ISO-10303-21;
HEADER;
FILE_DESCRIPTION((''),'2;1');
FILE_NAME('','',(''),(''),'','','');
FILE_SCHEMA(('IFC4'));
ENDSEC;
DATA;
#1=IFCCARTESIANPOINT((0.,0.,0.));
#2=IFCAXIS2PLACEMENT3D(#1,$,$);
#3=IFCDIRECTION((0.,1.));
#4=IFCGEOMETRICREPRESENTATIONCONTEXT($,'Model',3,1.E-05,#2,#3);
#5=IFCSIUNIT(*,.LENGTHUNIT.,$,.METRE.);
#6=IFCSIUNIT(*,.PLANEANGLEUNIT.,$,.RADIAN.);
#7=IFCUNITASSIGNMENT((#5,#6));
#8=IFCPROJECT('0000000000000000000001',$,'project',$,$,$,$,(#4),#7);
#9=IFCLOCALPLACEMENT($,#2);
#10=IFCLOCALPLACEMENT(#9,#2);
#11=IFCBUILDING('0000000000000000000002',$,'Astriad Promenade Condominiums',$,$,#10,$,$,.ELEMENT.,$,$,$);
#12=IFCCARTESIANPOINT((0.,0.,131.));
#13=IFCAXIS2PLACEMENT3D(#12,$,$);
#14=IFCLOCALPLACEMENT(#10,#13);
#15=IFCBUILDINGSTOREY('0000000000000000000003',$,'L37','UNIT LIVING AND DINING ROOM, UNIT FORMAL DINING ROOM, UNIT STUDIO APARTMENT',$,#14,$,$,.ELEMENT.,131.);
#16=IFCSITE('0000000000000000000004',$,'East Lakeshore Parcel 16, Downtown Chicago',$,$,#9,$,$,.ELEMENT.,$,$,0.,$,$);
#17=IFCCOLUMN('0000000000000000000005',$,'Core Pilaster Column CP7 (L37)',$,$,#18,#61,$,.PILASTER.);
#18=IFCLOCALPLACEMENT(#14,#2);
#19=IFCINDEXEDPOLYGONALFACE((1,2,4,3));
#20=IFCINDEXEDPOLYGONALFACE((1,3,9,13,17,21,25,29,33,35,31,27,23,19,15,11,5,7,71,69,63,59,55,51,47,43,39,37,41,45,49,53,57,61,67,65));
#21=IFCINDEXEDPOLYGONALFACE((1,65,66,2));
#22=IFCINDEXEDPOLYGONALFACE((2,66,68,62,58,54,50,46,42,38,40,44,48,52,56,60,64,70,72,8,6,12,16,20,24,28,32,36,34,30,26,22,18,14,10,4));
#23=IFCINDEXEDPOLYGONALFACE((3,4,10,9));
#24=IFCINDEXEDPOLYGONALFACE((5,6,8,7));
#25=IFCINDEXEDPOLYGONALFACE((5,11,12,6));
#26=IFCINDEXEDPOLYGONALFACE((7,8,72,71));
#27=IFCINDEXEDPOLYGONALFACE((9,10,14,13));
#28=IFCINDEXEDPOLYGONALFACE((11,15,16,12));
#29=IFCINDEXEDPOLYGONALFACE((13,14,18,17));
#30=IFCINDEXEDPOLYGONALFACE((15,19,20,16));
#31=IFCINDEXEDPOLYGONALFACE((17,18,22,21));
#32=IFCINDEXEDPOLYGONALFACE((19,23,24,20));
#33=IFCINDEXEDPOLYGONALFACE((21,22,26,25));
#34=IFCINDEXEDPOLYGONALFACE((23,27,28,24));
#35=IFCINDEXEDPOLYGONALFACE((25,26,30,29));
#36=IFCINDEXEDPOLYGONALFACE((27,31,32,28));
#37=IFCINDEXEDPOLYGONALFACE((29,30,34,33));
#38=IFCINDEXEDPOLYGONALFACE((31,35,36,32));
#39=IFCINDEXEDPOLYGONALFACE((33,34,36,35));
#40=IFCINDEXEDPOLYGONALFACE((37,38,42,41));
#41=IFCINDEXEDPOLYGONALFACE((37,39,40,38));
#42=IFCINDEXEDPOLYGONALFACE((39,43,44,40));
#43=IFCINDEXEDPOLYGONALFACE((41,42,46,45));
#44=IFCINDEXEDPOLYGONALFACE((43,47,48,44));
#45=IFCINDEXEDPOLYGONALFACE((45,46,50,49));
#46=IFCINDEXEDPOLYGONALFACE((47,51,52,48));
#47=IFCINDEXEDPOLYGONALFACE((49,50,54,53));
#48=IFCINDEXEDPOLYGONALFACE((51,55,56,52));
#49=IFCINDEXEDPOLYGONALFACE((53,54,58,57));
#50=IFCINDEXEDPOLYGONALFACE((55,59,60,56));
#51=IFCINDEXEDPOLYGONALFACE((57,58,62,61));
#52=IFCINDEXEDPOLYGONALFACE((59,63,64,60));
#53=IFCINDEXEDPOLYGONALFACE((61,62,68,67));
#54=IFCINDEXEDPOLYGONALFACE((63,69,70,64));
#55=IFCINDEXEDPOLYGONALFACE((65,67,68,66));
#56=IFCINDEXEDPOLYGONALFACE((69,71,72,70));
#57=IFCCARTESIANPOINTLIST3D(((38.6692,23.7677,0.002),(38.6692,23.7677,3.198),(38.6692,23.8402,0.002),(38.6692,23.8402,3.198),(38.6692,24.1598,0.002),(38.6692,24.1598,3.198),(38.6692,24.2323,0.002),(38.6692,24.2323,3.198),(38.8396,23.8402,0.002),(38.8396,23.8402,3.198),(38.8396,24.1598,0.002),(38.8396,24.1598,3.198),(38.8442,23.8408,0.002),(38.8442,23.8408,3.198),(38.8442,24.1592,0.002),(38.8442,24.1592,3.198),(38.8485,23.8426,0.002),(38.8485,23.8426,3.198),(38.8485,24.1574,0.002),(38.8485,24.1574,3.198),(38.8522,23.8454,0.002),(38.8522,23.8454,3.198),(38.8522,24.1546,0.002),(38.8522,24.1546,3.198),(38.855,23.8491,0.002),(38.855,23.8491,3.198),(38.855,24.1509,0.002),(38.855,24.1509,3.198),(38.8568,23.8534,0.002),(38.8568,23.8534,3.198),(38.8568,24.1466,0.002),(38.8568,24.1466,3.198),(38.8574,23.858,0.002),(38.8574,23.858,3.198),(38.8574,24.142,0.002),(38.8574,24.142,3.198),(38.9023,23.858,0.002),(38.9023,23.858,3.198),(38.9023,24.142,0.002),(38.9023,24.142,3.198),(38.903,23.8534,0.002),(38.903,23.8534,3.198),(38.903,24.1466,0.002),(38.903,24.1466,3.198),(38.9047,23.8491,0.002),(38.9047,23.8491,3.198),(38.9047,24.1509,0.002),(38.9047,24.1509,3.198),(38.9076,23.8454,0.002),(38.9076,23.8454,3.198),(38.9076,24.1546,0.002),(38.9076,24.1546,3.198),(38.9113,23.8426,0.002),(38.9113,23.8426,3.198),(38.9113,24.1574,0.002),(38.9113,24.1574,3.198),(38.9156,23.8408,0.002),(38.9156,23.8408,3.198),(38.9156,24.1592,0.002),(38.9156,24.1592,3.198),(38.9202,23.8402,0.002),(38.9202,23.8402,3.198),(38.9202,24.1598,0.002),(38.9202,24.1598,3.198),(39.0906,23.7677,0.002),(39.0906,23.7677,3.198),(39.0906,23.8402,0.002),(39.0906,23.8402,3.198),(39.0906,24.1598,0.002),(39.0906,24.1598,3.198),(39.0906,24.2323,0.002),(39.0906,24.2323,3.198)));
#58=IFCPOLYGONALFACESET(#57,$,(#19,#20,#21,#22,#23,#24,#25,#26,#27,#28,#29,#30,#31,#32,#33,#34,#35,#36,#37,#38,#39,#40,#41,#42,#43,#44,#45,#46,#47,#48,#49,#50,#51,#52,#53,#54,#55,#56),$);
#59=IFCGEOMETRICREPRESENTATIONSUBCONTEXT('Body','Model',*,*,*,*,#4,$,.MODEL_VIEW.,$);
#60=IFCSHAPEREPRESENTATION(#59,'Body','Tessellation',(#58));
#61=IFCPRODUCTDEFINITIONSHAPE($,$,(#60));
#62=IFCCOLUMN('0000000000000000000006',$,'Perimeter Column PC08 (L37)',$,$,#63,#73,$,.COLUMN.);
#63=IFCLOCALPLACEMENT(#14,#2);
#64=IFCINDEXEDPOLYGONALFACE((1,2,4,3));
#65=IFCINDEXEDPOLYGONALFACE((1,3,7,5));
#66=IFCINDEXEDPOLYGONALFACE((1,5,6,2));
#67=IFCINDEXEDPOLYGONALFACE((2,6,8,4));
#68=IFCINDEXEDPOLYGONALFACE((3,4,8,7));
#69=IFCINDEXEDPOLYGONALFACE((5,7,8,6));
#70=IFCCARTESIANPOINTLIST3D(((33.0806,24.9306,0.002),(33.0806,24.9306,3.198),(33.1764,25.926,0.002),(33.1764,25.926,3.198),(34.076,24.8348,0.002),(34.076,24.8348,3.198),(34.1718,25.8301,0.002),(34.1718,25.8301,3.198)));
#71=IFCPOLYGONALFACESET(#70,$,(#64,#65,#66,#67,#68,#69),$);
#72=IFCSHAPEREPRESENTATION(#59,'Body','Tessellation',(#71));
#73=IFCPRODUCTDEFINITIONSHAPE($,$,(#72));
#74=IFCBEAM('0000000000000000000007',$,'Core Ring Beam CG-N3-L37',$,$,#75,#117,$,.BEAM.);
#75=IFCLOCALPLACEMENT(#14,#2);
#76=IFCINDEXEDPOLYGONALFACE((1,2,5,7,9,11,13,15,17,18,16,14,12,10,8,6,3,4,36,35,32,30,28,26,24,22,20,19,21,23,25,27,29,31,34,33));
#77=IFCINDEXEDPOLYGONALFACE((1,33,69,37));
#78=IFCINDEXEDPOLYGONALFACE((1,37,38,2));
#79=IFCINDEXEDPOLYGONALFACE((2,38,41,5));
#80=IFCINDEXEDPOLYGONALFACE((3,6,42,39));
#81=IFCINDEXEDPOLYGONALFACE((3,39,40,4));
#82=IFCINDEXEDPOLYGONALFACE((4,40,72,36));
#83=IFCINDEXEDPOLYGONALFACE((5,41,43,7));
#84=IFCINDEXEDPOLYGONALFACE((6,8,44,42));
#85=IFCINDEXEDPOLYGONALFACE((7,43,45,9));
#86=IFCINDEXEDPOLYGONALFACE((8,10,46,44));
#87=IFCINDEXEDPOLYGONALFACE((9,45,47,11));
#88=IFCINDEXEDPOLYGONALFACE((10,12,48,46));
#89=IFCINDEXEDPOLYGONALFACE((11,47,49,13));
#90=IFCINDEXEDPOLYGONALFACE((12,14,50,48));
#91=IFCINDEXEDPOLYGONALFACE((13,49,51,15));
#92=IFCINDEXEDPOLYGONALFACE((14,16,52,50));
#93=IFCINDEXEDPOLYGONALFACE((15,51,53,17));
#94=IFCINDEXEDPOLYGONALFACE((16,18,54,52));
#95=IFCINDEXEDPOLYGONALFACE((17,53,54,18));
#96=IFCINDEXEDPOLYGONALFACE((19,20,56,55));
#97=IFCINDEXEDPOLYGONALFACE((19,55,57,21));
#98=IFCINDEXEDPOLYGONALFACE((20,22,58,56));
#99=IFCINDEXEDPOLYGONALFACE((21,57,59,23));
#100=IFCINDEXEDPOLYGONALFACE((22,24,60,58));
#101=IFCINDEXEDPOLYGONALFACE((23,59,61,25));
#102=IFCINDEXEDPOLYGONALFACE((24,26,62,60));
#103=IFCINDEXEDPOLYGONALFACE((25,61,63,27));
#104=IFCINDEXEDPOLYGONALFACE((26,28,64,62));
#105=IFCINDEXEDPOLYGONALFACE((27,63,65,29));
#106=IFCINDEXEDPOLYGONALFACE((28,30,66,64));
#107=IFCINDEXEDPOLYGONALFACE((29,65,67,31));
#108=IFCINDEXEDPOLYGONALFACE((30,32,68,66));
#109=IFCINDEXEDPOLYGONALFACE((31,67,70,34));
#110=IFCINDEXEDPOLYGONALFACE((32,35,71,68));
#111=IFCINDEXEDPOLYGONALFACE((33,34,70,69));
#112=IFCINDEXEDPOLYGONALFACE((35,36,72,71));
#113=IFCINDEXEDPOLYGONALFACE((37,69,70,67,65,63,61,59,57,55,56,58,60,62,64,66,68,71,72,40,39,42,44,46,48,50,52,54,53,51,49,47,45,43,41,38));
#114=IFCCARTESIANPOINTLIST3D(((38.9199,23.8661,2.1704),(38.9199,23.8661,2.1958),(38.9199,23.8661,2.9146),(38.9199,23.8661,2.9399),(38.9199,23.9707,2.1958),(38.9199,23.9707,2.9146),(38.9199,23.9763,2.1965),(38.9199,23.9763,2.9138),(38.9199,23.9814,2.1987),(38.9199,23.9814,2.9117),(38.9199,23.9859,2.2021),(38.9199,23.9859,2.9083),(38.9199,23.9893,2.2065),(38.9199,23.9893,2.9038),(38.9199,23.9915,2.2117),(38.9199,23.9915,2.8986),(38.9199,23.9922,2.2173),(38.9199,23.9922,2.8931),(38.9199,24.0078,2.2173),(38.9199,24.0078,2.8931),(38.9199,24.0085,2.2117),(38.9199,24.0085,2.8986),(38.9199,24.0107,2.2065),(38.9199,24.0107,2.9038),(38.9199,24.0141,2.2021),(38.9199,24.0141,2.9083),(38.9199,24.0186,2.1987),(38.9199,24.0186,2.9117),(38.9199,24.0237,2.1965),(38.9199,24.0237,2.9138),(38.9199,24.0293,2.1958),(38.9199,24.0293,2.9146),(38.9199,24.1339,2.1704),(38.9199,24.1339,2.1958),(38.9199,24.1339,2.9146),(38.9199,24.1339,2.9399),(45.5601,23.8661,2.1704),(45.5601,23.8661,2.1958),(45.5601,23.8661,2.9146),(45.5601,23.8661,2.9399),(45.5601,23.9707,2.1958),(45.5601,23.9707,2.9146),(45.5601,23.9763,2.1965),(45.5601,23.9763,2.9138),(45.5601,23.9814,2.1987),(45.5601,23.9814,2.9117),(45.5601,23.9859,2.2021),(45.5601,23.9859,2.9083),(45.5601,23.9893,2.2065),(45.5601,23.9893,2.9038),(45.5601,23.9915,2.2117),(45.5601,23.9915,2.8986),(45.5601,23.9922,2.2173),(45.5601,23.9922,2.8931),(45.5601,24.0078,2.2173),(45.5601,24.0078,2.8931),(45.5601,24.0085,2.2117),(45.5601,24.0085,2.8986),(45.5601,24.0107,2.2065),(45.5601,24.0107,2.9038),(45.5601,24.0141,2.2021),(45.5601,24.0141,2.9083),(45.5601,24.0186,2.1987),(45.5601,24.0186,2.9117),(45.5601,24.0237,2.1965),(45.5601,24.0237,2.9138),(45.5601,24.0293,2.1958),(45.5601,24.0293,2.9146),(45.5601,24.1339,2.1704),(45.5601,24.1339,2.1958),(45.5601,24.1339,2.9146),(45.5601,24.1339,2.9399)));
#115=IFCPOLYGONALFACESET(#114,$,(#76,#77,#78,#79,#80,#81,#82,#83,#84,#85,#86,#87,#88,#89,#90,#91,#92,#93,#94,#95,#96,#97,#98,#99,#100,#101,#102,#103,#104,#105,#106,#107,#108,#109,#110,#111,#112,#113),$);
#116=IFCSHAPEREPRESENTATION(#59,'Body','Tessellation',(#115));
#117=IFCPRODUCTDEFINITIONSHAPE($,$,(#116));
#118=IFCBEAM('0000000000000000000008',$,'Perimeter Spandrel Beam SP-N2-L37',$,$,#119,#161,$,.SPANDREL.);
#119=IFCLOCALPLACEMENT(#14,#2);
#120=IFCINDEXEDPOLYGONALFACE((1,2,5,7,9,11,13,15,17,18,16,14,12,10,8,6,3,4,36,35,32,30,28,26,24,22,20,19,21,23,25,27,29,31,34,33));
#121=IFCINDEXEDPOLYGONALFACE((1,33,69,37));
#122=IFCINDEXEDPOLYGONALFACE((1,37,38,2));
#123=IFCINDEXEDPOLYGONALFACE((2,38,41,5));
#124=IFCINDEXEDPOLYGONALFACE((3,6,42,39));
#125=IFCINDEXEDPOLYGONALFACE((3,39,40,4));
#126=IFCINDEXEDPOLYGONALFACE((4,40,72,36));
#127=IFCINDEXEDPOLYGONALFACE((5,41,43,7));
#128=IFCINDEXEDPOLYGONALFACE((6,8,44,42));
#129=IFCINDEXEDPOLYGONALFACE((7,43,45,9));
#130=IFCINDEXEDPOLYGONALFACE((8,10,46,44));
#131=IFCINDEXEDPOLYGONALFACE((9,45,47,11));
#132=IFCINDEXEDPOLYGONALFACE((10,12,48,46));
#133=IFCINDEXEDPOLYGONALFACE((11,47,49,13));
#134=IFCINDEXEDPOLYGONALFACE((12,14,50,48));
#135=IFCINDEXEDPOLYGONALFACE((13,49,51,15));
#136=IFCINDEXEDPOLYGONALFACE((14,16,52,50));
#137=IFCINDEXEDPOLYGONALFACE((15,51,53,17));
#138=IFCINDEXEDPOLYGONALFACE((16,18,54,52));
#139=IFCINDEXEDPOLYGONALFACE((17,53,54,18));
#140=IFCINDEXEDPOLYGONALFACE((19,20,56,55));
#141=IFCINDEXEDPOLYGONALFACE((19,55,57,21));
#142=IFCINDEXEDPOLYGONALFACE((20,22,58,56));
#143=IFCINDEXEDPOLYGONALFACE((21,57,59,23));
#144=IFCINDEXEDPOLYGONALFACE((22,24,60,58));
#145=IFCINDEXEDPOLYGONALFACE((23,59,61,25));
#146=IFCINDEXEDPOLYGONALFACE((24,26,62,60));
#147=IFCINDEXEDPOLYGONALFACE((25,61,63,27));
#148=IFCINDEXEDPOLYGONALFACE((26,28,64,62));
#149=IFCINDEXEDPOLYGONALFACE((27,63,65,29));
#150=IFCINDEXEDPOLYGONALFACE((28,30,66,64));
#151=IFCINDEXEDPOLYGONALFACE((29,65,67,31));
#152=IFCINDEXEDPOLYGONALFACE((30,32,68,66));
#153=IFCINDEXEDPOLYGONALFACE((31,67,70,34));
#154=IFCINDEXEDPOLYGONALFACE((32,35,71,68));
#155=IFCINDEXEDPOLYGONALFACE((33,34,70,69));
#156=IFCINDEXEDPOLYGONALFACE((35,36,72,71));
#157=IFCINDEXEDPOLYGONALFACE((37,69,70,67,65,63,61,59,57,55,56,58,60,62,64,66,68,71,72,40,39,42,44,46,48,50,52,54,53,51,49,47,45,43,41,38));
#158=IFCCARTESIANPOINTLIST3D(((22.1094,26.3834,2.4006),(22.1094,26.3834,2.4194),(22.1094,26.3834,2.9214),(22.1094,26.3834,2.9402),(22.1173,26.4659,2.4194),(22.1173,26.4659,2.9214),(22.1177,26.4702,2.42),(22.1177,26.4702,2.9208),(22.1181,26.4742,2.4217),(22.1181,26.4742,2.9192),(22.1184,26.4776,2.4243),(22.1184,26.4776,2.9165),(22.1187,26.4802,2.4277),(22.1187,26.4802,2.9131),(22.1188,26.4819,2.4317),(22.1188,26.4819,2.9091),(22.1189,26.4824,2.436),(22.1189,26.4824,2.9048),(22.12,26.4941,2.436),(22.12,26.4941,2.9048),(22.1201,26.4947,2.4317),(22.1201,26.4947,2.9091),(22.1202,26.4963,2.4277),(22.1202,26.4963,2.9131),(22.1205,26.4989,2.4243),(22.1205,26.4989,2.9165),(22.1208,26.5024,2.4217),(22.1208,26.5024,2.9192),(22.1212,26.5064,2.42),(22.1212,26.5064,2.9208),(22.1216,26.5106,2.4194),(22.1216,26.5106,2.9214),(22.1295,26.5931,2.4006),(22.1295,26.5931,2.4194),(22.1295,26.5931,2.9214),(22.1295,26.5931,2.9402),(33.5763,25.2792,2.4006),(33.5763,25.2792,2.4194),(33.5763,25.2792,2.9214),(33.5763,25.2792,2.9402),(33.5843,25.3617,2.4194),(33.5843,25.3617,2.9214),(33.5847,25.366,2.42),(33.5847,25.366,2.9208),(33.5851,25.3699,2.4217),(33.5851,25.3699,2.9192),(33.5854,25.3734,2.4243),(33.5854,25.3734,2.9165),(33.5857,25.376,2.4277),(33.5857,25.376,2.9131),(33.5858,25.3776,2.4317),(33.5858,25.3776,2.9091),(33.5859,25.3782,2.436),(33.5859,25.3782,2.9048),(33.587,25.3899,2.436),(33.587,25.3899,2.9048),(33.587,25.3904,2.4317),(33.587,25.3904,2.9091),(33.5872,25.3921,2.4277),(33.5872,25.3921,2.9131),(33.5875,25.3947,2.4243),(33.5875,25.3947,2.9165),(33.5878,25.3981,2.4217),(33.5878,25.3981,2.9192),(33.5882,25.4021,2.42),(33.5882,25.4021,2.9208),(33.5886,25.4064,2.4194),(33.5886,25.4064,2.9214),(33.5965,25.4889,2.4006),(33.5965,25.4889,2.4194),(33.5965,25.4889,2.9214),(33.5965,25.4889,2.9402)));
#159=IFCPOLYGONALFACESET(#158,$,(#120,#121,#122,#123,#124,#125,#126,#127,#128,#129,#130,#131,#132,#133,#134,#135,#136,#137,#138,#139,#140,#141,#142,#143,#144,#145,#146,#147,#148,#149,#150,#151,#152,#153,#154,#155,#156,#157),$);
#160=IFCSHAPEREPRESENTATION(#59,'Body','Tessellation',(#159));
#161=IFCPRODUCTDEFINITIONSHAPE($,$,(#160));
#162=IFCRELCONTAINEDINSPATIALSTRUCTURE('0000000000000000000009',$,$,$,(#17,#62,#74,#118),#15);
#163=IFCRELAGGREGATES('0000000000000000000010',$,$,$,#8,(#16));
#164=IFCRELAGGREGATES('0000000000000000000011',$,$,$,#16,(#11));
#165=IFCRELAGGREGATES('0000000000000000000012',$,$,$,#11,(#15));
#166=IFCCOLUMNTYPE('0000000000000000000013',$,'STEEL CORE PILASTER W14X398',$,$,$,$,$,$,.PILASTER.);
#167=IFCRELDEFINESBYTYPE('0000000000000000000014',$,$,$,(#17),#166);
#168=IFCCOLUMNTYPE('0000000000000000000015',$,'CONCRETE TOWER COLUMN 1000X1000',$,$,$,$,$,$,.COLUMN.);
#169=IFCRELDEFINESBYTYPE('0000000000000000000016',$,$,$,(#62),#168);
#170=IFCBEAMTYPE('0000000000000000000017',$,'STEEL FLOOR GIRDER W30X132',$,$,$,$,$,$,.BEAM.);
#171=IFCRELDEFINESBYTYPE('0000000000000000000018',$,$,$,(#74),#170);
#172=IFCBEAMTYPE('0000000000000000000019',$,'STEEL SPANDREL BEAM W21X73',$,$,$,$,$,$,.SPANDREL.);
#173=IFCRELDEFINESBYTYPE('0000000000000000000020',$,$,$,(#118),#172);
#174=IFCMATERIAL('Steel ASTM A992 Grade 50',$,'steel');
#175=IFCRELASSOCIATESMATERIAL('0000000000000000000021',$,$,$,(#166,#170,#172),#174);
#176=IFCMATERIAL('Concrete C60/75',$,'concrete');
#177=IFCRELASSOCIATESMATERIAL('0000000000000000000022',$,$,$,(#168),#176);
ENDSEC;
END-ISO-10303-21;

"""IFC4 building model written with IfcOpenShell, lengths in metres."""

from ifc_helpers import new_model, si_unit, direction, frame, origin, origin_2d, place, context, subcontext, project, spatial, rectangle, i_section, extrude, source, transform, mapped, material, material_profile, profile_set, type_object, type_shapes, element, save


model = new_model("IFC4")

# Units and contexts
model_context = context("Model", 3, precision=1e-05, world=origin(), true_north=direction((0.0, 1.0)))
body_context = subcontext(model_context, "Body", "Model", "MODEL_VIEW")
ifc_project = project(units=[si_unit("LENGTHUNIT", "METRE"), si_unit("PLANEANGLEUNIT", "RADIAN")], contexts=[model_context])

# Site, building, storey
site_placement = place(None, origin())
site = spatial("IfcSite", under=ifc_project, at=site_placement, Name="East Lakeshore Parcel 16, Downtown Chicago", CompositionType="ELEMENT", RefElevation=0.0)
building_placement = place(site_placement, origin())
building = spatial("IfcBuilding", under=site, at=building_placement, Name="Astriad Promenade Condominiums", CompositionType="ELEMENT")
storey_placement = place(building_placement, frame((0.0, 0.0, 131.0)))
storey = spatial("IfcBuildingStorey", under=building, at=storey_placement, Name="L37", Description="UNIT LIVING AND DINING ROOM, UNIT FORMAL DINING ROOM, UNIT STUDIO APARTMENT", CompositionType="ELEMENT", Elevation=131.0)

# Columns
ifc_material_1 = material(Name="Steel ASTM A992 Grade 50", Category="steel")
ifc_material_profile_1 = material_profile(ifc_material_1, i_section(OverallWidth=0.4214, OverallDepth=0.4646, WebThickness=0.0449, FlangeThickness=0.0725, FilletRadius=0.0178, at=origin_2d()), Name="W14X398")
ifc_profile_set_1 = profile_set([ifc_material_profile_1], Name="Steel ASTM A992 Grade 50")
column_type_1 = type_object("IfcColumnType", Name="STEEL CORE PILASTER W14X398", PredefinedType="PILASTER", material=ifc_profile_set_1)
shared_shape_1 = source(origin(), body_context, "Body", "SweptSolid", [
    extrude(i_section(OverallWidth=0.4214, OverallDepth=0.4646, WebThickness=0.0449, FlangeThickness=0.0725, FilletRadius=0.0178, at=origin_2d()), origin(), (0.0, 0.0, 1.0), 3.196),
])
type_shapes(column_type_1, [shared_shape_1])
column_1_placement = place(storey_placement, frame((38.8799, 24.0, 0.002), z_axis=(0.0, 0.0, 1.0), x_axis=(1.0, 0.0, 0.0)))
element("IfcColumn", 1, at=column_1_placement, inside=storey, type_object=column_type_1, Name="Core Pilaster Column CP7 (L37)", PredefinedType="PILASTER", context=body_context, shape_type="MappedRepresentation", body=[
    mapped(shared_shape_1, transform((0.0, 0.0, 0.0), scale=1.0)),
])
ifc_material_2 = material(Name="Concrete C60/75", Category="concrete")
ifc_material_profile_2 = material_profile(ifc_material_2, rectangle(XDim=1.0, YDim=1.0, at=origin_2d()), Name="RC-COL-1000X1000")
ifc_profile_set_2 = profile_set([ifc_material_profile_2], Name="Concrete C60/75")
column_type_2 = type_object("IfcColumnType", Name="CONCRETE TOWER COLUMN 1000X1000", PredefinedType="COLUMN", material=ifc_profile_set_2)
shared_shape_2 = source(origin(), body_context, "Body", "SweptSolid", [
    extrude(rectangle(XDim=1.0, YDim=1.0, at=origin_2d()), origin(), (0.0, 0.0, 1.0), 3.196),
])
type_shapes(column_type_2, [shared_shape_2])
column_2_placement = place(storey_placement, frame((33.6262, 25.3804, 0.002), z_axis=(0.0, 0.0, 1.0), x_axis=(0.995396, -0.095846, 0.0)))
element("IfcColumn", 2, at=column_2_placement, inside=storey, type_object=column_type_2, Name="Perimeter Column PC08 (L37)", PredefinedType="COLUMN", context=body_context, shape_type="MappedRepresentation", body=[
    mapped(shared_shape_2, transform((0.0, 0.0, 0.0), scale=1.0)),
])

# Beams
ifc_material_profile_3 = material_profile(ifc_material_1, i_section(OverallWidth=0.2678, OverallDepth=0.7695, WebThickness=0.0156, FlangeThickness=0.0254, FilletRadius=0.0215, at=origin_2d()), Name="W30X132")
ifc_profile_set_3 = profile_set([ifc_material_profile_3], Name="Steel ASTM A992 Grade 50")
beam_type_1 = type_object("IfcBeamType", Name="STEEL FLOOR GIRDER W30X132", PredefinedType="BEAM", material=ifc_profile_set_3)
shared_shape_3 = source(origin(), body_context, "Body", "SweptSolid", [
    extrude(i_section(OverallWidth=0.2678, OverallDepth=0.7695, WebThickness=0.0156, FlangeThickness=0.0254, FilletRadius=0.0215, at=origin_2d()), origin(), (0.0, 0.0, 1.0), 6.6401),
])
type_shapes(beam_type_1, [shared_shape_3])
beam_1_placement = place(storey_placement, frame((38.9199, 24.0, 2.5552), z_axis=(1.0, 0.0, 0.0), x_axis=(0.0, 1.0, 0.0)))
element("IfcBeam", 3, at=beam_1_placement, inside=storey, type_object=beam_type_1, Name="Core Ring Beam CG-N3-L37", PredefinedType="BEAM", context=body_context, shape_type="MappedRepresentation", body=[
    mapped(shared_shape_3, transform((0.0, 0.0, 0.0), scale=1.0)),
])
ifc_material_profile_4 = material_profile(ifc_material_1, i_section(OverallWidth=0.2107, OverallDepth=0.5396, WebThickness=0.0117, FlangeThickness=0.0188, FilletRadius=0.0166, at=origin_2d()), Name="W21X73")
ifc_profile_set_4 = profile_set([ifc_material_profile_4], Name="Steel ASTM A992 Grade 50")
beam_type_2 = type_object("IfcBeamType", Name="STEEL SPANDREL BEAM W21X73", PredefinedType="SPANDREL", material=ifc_profile_set_4)
shared_shape_4 = source(origin(), body_context, "Body", "SweptSolid", [
    extrude(i_section(OverallWidth=0.2107, OverallDepth=0.5396, WebThickness=0.0117, FlangeThickness=0.0188, FilletRadius=0.0166, at=origin_2d()), origin(), (0.0, 0.0, 1.0), 11.52),
])
type_shapes(beam_type_2, [shared_shape_4])
beam_2_placement = place(storey_placement, frame((33.5864, 25.384, 2.6704), z_axis=(-0.995395, 0.095854, 0.0), x_axis=(-0.095854, -0.995395, 0.0)))
element("IfcBeam", 4, at=beam_2_placement, inside=storey, type_object=beam_type_2, Name="Perimeter Spandrel Beam SP-N2-L37", PredefinedType="SPANDREL", context=body_context, shape_type="MappedRepresentation", body=[
    mapped(shared_shape_4, transform((0.0, 0.0, 0.0), scale=1.0)),
])

save(model, "model.ifc")
